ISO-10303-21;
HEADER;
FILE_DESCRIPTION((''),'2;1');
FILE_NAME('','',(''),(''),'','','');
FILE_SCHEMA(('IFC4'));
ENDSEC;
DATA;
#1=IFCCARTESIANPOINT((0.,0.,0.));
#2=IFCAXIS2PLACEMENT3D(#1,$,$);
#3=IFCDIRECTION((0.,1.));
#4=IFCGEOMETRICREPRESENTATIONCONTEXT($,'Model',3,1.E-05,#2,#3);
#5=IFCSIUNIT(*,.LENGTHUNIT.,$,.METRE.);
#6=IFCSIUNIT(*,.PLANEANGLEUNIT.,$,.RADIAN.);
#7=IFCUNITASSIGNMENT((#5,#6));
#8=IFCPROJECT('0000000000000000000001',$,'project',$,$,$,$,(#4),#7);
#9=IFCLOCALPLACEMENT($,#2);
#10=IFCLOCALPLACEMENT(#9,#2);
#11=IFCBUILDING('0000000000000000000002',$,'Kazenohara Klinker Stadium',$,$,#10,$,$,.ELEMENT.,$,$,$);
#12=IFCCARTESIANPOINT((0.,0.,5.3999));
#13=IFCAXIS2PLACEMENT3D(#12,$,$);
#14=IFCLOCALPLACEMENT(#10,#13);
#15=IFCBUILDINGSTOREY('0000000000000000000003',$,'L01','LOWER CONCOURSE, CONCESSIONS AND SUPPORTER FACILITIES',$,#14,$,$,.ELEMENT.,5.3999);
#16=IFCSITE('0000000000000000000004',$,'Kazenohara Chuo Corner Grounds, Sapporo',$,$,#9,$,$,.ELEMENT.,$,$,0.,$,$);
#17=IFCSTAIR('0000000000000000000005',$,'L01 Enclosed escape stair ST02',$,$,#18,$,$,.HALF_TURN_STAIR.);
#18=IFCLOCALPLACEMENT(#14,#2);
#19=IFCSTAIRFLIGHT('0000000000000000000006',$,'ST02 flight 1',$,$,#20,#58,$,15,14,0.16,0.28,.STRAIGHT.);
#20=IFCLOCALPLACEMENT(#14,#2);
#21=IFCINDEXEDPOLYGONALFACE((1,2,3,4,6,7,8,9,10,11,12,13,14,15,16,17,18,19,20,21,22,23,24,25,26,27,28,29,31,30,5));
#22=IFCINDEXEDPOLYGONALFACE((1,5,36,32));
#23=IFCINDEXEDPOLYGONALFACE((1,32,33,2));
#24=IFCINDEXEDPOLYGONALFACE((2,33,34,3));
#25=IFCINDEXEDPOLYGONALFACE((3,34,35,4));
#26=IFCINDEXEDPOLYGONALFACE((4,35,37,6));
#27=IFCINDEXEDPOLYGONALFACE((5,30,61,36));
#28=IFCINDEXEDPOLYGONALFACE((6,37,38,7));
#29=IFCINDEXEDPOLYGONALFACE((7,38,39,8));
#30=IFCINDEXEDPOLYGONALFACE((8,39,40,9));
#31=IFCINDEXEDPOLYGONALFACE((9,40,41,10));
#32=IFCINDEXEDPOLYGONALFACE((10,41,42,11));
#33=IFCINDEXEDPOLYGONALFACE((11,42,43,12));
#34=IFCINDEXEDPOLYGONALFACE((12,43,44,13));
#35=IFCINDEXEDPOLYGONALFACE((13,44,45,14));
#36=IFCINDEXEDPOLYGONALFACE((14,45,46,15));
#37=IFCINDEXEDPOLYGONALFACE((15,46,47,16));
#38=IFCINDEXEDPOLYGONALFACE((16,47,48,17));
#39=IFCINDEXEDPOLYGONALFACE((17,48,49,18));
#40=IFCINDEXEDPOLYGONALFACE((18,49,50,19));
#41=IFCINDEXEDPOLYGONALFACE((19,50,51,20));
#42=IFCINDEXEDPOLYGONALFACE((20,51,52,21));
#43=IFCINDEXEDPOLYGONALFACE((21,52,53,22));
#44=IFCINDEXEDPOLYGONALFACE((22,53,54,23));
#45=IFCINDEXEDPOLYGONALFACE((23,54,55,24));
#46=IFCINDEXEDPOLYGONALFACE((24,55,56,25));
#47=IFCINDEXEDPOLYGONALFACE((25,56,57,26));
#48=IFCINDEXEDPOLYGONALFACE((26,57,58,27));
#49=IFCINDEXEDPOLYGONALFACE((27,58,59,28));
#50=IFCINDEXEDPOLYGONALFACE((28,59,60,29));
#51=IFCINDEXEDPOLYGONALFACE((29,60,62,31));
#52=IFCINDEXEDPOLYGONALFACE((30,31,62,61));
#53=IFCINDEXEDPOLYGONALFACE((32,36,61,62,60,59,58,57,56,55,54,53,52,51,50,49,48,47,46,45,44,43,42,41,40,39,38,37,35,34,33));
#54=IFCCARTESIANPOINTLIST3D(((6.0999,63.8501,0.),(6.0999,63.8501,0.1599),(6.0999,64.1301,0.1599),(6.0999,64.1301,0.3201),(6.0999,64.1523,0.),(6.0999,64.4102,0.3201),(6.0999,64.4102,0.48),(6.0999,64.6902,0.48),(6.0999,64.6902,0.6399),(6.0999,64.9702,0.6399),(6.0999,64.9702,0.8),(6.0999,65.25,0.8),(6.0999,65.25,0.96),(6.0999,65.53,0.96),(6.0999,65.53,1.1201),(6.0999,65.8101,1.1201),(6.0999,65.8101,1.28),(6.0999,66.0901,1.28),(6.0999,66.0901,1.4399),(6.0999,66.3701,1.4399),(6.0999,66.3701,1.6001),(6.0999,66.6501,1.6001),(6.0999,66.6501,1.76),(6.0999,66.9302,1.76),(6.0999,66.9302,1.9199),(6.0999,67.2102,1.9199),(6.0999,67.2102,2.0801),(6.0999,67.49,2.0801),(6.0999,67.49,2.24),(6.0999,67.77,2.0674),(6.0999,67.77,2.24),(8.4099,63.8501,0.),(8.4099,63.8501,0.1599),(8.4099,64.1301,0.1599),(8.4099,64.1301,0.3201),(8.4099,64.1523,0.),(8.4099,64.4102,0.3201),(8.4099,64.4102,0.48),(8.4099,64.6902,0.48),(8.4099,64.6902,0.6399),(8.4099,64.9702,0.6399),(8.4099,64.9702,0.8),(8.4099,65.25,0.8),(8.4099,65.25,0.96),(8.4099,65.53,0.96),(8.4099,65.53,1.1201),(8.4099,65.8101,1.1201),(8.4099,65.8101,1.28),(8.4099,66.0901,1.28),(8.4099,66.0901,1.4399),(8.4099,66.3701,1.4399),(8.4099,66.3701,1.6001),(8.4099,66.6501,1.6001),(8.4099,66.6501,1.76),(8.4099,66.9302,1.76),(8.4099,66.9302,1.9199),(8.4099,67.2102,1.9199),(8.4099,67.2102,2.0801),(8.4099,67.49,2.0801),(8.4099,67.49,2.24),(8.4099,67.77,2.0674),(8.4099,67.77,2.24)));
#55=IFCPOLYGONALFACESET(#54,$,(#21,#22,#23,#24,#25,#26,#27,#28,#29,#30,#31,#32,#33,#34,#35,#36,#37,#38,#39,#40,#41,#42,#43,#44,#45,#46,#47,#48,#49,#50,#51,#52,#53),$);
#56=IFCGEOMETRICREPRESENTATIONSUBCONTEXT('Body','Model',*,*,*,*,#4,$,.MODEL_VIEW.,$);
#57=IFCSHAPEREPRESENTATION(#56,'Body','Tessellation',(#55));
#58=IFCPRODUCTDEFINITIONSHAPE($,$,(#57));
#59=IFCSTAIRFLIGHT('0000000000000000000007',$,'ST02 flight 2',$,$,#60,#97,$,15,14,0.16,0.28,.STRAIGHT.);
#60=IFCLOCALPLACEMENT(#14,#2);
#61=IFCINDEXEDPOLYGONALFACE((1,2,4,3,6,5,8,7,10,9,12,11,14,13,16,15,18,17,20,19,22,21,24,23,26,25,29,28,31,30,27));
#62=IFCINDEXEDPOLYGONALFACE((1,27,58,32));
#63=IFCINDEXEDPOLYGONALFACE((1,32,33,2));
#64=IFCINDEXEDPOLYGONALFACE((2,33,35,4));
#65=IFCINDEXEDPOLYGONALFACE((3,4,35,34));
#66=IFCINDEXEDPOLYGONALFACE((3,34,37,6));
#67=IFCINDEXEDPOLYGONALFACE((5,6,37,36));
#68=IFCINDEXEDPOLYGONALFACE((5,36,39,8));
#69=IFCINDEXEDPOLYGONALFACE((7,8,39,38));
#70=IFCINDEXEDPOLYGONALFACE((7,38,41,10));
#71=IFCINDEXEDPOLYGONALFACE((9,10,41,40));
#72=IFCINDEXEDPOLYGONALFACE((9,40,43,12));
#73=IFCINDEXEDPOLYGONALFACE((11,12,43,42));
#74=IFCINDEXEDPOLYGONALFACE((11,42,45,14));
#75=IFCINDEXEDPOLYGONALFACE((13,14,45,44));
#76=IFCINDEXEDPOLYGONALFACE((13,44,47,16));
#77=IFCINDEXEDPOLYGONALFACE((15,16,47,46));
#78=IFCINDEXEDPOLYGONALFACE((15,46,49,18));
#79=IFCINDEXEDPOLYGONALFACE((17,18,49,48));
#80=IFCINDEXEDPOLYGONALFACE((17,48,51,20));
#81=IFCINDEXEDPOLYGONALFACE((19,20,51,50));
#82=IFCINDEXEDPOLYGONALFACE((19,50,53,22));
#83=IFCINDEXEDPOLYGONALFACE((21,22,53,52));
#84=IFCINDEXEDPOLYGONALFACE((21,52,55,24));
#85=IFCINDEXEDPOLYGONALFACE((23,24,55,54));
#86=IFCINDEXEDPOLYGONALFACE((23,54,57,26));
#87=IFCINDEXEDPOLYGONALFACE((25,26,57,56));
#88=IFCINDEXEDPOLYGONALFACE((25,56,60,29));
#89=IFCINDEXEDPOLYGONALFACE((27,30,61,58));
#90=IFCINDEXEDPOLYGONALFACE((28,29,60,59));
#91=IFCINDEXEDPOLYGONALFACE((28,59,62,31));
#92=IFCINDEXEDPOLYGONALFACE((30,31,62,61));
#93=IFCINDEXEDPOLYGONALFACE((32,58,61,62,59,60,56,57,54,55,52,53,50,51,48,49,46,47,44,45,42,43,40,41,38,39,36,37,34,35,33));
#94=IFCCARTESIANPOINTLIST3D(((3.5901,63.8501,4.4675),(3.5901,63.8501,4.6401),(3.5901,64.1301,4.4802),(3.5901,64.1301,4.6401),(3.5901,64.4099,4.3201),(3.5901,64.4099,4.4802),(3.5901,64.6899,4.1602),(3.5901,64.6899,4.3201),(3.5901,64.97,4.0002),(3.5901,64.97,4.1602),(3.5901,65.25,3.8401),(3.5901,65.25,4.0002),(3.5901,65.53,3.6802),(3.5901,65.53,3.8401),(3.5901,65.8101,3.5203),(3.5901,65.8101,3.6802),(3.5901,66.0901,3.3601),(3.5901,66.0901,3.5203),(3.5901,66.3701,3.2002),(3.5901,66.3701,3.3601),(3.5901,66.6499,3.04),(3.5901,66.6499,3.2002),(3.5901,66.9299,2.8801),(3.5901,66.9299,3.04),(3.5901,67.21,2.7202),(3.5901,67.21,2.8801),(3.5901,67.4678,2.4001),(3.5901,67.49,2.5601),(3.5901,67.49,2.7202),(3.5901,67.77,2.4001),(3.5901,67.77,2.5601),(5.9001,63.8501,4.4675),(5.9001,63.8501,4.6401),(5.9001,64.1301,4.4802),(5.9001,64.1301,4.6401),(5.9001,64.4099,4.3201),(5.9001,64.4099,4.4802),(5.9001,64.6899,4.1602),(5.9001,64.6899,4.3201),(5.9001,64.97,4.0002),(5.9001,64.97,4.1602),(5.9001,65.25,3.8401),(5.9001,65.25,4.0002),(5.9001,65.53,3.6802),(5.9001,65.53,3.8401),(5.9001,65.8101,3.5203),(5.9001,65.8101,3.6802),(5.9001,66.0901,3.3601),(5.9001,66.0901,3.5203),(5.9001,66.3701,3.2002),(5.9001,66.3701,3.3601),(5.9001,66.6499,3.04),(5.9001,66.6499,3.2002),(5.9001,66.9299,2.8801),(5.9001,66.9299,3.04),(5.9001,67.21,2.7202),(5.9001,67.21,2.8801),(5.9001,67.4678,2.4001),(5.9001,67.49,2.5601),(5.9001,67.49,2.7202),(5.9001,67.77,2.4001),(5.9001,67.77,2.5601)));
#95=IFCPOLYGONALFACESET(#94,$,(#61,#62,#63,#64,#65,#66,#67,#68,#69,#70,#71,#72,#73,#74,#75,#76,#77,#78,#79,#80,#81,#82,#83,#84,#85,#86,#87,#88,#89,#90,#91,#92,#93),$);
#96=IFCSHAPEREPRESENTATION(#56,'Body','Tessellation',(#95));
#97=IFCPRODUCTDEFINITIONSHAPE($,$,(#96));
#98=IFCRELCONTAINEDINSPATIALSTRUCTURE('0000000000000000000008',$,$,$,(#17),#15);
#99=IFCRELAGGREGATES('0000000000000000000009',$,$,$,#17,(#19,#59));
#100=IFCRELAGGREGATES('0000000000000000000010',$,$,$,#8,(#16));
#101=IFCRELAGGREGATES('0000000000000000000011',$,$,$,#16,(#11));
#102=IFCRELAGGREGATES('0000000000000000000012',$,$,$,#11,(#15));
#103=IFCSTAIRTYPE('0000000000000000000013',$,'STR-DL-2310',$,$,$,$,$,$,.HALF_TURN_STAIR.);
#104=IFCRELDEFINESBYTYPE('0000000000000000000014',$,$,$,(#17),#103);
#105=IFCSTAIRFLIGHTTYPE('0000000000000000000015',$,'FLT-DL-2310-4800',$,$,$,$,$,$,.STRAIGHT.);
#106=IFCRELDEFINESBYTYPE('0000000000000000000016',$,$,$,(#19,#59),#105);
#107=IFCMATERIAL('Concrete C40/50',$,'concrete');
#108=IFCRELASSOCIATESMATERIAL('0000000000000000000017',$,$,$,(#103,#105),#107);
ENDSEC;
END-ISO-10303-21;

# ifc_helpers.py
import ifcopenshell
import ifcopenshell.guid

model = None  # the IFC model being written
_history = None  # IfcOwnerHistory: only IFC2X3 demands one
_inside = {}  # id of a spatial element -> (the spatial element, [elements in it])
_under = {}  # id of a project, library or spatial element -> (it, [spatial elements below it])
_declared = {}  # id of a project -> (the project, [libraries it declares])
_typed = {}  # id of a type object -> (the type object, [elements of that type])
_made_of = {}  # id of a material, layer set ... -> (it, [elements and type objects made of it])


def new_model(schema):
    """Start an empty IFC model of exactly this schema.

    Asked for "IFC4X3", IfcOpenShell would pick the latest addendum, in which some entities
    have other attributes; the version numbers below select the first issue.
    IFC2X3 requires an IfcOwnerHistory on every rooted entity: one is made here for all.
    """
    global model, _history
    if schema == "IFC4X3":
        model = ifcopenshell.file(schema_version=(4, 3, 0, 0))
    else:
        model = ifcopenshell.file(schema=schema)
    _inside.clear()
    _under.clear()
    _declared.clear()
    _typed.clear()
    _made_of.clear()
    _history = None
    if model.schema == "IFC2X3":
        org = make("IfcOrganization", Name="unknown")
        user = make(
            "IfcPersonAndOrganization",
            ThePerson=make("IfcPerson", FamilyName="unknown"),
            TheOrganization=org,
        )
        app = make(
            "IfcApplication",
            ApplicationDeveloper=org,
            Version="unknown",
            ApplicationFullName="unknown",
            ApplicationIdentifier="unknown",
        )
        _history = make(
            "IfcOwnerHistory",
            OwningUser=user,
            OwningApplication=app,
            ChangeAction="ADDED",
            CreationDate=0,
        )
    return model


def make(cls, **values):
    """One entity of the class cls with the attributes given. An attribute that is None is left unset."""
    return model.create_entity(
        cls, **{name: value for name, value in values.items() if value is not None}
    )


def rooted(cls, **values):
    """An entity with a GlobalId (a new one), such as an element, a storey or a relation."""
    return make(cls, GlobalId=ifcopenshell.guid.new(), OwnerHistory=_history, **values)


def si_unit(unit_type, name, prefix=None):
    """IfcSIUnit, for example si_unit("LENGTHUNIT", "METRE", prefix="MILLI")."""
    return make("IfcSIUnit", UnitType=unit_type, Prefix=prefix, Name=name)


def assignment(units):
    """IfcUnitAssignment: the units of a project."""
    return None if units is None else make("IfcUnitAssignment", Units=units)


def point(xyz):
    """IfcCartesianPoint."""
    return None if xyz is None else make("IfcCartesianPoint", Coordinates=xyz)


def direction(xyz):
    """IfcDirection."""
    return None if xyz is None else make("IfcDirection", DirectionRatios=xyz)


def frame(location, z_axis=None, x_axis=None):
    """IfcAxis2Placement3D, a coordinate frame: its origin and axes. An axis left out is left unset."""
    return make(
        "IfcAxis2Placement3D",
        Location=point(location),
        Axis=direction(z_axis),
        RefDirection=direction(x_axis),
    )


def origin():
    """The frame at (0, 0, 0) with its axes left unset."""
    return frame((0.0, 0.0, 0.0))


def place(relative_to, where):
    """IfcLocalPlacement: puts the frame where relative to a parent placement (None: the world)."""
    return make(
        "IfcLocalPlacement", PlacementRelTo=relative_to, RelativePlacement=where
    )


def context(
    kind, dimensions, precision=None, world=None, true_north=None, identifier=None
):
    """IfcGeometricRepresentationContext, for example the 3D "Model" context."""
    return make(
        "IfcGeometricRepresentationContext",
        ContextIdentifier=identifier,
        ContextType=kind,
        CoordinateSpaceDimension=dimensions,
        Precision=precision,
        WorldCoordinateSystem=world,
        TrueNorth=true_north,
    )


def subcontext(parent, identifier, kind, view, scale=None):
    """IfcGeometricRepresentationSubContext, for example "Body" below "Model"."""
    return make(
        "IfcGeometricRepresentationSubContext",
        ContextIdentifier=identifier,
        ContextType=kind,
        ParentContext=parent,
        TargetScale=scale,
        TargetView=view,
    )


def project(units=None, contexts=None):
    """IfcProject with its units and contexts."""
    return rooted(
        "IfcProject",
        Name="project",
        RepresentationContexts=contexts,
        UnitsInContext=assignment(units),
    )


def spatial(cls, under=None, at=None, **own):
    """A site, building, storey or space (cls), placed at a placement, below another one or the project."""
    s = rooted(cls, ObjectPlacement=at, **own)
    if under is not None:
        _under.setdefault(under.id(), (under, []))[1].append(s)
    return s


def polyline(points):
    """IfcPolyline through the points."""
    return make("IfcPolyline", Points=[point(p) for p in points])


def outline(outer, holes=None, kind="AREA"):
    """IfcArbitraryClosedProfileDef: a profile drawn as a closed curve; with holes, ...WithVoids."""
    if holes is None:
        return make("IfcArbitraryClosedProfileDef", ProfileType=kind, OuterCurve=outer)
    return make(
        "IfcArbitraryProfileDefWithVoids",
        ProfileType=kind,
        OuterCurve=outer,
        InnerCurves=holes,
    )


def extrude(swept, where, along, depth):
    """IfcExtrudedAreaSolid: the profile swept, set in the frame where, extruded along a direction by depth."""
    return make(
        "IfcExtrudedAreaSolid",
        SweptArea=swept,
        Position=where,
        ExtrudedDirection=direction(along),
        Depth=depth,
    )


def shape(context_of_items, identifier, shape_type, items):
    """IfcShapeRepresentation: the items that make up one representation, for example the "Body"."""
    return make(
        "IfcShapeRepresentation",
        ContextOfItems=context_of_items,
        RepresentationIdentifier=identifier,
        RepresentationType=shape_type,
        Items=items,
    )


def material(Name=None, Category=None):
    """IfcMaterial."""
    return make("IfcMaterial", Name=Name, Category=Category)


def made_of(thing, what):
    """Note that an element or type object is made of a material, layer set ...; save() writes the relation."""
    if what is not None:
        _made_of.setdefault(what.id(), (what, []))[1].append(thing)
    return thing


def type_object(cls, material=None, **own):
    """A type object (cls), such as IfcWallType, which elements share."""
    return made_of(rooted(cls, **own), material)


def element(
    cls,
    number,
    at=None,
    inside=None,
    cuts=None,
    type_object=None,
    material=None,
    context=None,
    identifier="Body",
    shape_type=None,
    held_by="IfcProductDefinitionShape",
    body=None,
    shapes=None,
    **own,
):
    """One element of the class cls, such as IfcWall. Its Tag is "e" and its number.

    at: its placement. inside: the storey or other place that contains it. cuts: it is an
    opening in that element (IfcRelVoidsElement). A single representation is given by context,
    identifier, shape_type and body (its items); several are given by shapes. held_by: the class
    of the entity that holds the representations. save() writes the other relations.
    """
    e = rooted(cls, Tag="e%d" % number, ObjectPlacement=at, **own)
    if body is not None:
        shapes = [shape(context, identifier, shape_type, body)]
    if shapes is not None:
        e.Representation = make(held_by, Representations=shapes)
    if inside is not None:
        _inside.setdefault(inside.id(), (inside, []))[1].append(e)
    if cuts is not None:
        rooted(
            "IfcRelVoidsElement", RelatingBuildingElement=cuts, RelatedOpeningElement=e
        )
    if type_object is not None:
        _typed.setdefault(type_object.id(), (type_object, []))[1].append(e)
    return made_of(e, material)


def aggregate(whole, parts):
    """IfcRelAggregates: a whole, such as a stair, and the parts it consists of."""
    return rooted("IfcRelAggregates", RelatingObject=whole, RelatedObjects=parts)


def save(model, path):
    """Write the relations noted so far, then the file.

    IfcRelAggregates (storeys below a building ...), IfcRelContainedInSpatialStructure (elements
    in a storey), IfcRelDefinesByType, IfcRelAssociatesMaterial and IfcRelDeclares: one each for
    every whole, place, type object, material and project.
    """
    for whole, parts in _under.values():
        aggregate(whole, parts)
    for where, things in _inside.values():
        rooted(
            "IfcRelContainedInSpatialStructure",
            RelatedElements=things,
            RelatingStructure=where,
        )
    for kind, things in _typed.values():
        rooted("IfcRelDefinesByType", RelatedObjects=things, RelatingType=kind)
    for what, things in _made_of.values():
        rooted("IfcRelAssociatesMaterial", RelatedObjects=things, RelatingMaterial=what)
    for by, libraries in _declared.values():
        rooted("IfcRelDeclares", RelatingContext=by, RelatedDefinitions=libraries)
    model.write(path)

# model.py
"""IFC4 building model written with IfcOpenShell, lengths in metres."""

from ifc_helpers import new_model, si_unit, direction, frame, origin, place, context, subcontext, project, spatial, polyline, outline, extrude, material, type_object, element, aggregate, save


model = new_model("IFC4")

# Units and contexts
model_context = context("Model", 3, precision=1e-05, world=origin(), true_north=direction((0.0, 1.0)))
body_context = subcontext(model_context, "Body", "Model", "MODEL_VIEW")
ifc_project = project(units=[si_unit("LENGTHUNIT", "METRE"), si_unit("PLANEANGLEUNIT", "RADIAN")], contexts=[model_context])

# Site, building, storey
site_placement = place(None, origin())
site = spatial("IfcSite", under=ifc_project, at=site_placement, Name="Kazenohara Chuo Corner Grounds, Sapporo", CompositionType="ELEMENT", RefElevation=0.0)
building_placement = place(site_placement, origin())
building = spatial("IfcBuilding", under=site, at=building_placement, Name="Kazenohara Klinker Stadium", CompositionType="ELEMENT")
storey_placement = place(building_placement, frame((0.0, 0.0, 5.3999)))
storey = spatial("IfcBuildingStorey", under=building, at=storey_placement, Name="L01", Description="LOWER CONCOURSE, CONCESSIONS AND SUPPORTER FACILITIES", CompositionType="ELEMENT", Elevation=5.3999)

# Shared definitions
ifc_material_1 = material(Name="Concrete C40/50", Category="concrete")

# Stair, stair flights
stair_type = type_object("IfcStairType", Name="STR-DL-2310", PredefinedType="HALF_TURN_STAIR", material=ifc_material_1)
stair_placement = place(storey_placement, origin())
stair = element("IfcStair", 1, at=stair_placement, inside=storey, type_object=stair_type, Name="L01 Enclosed escape stair ST02", PredefinedType="HALF_TURN_STAIR")
stair_flight_type = type_object("IfcStairFlightType", Name="FLT-DL-2310-4800", PredefinedType="STRAIGHT", material=ifc_material_1)
stair_flight_1_placement = place(storey_placement, frame((7.2549, 63.8501, 0.0), z_axis=(0.0, 0.0, 1.0), x_axis=(0.0, 1.0, 0.0)))
stair_flight_1 = element("IfcStairFlight", 2, at=stair_flight_1_placement, type_object=stair_flight_type, Name="ST02 flight 1", NumberOfRisers=15, NumberOfTreads=14, PredefinedType="STRAIGHT", RiserHeight=0.16, TreadLength=0.28, context=body_context, shape_type="SweptSolid", body=[
    extrude(outline(polyline([(0.0, 0.0), (0.0, 0.1599), (0.28, 0.1599), (0.28, 0.3201), (0.5601, 0.3201), (0.5601, 0.48), (0.8401, 0.48), (0.8401, 0.6399), (1.1201, 0.6399), (1.1201, 0.8), (1.3999, 0.8), (1.3999, 0.96), (1.6799, 0.96), (1.6799, 1.1201), (1.96, 1.1201), (1.96, 1.28), (2.24, 1.28), (2.24, 1.4399), (2.52, 1.4399), (2.52, 1.6001), (2.8, 1.6001), (2.8, 1.76), (3.0801, 1.76), (3.0801, 1.9199), (3.3601, 1.9199), (3.3601, 2.0801), (3.6399, 2.0801), (3.6399, 2.24), (3.9199, 2.24), (3.9199, 2.3999), (3.9199, 2.0674), (0.3022, 0.0), (0.0, 0.0)])), frame((0.0, 1.155, 0.0), z_axis=(0.0, -1.0, 0.0), x_axis=(1.0, 0.0, 0.0)), (0.0, 0.0, 1.0), 2.3101),
])
stair_flight_2_placement = place(storey_placement, frame((4.7451, 67.77, 2.4001), z_axis=(0.0, 0.0, 1.0), x_axis=(0.0, -1.0, 0.0)))
stair_flight_2 = element("IfcStairFlight", 3, at=stair_flight_2_placement, type_object=stair_flight_type, Name="ST02 flight 2", NumberOfRisers=15, NumberOfTreads=14, PredefinedType="STRAIGHT", RiserHeight=0.16, TreadLength=0.28, context=body_context, shape_type="SweptSolid", body=[
    extrude(outline(polyline([(0.0, 0.0), (0.0, 0.1599), (0.28, 0.1599), (0.28, 0.3201), (0.5601, 0.3201), (0.5601, 0.48), (0.8401, 0.48), (0.8401, 0.6399), (1.1201, 0.6399), (1.1201, 0.8), (1.3999, 0.8), (1.3999, 0.96), (1.6799, 0.96), (1.6799, 1.1201), (1.96, 1.1201), (1.96, 1.28), (2.24, 1.28), (2.24, 1.4399), (2.52, 1.4399), (2.52, 1.6001), (2.8, 1.6001), (2.8, 1.76), (3.0801, 1.76), (3.0801, 1.9199), (3.3601, 1.9199), (3.3601, 2.0801), (3.6399, 2.0801), (3.6399, 2.24), (3.9199, 2.24), (3.9199, 2.3999), (3.9199, 2.0674), (0.3022, 0.0), (0.0, 0.0)])), frame((0.0, 1.155, 0.0), z_axis=(0.0, -1.0, 0.0), x_axis=(1.0, 0.0, 0.0)), (0.0, 0.0, 1.0), 2.3101),
])
aggregate(stair, [stair_flight_1, stair_flight_2])

save(model, "model.ifc")
